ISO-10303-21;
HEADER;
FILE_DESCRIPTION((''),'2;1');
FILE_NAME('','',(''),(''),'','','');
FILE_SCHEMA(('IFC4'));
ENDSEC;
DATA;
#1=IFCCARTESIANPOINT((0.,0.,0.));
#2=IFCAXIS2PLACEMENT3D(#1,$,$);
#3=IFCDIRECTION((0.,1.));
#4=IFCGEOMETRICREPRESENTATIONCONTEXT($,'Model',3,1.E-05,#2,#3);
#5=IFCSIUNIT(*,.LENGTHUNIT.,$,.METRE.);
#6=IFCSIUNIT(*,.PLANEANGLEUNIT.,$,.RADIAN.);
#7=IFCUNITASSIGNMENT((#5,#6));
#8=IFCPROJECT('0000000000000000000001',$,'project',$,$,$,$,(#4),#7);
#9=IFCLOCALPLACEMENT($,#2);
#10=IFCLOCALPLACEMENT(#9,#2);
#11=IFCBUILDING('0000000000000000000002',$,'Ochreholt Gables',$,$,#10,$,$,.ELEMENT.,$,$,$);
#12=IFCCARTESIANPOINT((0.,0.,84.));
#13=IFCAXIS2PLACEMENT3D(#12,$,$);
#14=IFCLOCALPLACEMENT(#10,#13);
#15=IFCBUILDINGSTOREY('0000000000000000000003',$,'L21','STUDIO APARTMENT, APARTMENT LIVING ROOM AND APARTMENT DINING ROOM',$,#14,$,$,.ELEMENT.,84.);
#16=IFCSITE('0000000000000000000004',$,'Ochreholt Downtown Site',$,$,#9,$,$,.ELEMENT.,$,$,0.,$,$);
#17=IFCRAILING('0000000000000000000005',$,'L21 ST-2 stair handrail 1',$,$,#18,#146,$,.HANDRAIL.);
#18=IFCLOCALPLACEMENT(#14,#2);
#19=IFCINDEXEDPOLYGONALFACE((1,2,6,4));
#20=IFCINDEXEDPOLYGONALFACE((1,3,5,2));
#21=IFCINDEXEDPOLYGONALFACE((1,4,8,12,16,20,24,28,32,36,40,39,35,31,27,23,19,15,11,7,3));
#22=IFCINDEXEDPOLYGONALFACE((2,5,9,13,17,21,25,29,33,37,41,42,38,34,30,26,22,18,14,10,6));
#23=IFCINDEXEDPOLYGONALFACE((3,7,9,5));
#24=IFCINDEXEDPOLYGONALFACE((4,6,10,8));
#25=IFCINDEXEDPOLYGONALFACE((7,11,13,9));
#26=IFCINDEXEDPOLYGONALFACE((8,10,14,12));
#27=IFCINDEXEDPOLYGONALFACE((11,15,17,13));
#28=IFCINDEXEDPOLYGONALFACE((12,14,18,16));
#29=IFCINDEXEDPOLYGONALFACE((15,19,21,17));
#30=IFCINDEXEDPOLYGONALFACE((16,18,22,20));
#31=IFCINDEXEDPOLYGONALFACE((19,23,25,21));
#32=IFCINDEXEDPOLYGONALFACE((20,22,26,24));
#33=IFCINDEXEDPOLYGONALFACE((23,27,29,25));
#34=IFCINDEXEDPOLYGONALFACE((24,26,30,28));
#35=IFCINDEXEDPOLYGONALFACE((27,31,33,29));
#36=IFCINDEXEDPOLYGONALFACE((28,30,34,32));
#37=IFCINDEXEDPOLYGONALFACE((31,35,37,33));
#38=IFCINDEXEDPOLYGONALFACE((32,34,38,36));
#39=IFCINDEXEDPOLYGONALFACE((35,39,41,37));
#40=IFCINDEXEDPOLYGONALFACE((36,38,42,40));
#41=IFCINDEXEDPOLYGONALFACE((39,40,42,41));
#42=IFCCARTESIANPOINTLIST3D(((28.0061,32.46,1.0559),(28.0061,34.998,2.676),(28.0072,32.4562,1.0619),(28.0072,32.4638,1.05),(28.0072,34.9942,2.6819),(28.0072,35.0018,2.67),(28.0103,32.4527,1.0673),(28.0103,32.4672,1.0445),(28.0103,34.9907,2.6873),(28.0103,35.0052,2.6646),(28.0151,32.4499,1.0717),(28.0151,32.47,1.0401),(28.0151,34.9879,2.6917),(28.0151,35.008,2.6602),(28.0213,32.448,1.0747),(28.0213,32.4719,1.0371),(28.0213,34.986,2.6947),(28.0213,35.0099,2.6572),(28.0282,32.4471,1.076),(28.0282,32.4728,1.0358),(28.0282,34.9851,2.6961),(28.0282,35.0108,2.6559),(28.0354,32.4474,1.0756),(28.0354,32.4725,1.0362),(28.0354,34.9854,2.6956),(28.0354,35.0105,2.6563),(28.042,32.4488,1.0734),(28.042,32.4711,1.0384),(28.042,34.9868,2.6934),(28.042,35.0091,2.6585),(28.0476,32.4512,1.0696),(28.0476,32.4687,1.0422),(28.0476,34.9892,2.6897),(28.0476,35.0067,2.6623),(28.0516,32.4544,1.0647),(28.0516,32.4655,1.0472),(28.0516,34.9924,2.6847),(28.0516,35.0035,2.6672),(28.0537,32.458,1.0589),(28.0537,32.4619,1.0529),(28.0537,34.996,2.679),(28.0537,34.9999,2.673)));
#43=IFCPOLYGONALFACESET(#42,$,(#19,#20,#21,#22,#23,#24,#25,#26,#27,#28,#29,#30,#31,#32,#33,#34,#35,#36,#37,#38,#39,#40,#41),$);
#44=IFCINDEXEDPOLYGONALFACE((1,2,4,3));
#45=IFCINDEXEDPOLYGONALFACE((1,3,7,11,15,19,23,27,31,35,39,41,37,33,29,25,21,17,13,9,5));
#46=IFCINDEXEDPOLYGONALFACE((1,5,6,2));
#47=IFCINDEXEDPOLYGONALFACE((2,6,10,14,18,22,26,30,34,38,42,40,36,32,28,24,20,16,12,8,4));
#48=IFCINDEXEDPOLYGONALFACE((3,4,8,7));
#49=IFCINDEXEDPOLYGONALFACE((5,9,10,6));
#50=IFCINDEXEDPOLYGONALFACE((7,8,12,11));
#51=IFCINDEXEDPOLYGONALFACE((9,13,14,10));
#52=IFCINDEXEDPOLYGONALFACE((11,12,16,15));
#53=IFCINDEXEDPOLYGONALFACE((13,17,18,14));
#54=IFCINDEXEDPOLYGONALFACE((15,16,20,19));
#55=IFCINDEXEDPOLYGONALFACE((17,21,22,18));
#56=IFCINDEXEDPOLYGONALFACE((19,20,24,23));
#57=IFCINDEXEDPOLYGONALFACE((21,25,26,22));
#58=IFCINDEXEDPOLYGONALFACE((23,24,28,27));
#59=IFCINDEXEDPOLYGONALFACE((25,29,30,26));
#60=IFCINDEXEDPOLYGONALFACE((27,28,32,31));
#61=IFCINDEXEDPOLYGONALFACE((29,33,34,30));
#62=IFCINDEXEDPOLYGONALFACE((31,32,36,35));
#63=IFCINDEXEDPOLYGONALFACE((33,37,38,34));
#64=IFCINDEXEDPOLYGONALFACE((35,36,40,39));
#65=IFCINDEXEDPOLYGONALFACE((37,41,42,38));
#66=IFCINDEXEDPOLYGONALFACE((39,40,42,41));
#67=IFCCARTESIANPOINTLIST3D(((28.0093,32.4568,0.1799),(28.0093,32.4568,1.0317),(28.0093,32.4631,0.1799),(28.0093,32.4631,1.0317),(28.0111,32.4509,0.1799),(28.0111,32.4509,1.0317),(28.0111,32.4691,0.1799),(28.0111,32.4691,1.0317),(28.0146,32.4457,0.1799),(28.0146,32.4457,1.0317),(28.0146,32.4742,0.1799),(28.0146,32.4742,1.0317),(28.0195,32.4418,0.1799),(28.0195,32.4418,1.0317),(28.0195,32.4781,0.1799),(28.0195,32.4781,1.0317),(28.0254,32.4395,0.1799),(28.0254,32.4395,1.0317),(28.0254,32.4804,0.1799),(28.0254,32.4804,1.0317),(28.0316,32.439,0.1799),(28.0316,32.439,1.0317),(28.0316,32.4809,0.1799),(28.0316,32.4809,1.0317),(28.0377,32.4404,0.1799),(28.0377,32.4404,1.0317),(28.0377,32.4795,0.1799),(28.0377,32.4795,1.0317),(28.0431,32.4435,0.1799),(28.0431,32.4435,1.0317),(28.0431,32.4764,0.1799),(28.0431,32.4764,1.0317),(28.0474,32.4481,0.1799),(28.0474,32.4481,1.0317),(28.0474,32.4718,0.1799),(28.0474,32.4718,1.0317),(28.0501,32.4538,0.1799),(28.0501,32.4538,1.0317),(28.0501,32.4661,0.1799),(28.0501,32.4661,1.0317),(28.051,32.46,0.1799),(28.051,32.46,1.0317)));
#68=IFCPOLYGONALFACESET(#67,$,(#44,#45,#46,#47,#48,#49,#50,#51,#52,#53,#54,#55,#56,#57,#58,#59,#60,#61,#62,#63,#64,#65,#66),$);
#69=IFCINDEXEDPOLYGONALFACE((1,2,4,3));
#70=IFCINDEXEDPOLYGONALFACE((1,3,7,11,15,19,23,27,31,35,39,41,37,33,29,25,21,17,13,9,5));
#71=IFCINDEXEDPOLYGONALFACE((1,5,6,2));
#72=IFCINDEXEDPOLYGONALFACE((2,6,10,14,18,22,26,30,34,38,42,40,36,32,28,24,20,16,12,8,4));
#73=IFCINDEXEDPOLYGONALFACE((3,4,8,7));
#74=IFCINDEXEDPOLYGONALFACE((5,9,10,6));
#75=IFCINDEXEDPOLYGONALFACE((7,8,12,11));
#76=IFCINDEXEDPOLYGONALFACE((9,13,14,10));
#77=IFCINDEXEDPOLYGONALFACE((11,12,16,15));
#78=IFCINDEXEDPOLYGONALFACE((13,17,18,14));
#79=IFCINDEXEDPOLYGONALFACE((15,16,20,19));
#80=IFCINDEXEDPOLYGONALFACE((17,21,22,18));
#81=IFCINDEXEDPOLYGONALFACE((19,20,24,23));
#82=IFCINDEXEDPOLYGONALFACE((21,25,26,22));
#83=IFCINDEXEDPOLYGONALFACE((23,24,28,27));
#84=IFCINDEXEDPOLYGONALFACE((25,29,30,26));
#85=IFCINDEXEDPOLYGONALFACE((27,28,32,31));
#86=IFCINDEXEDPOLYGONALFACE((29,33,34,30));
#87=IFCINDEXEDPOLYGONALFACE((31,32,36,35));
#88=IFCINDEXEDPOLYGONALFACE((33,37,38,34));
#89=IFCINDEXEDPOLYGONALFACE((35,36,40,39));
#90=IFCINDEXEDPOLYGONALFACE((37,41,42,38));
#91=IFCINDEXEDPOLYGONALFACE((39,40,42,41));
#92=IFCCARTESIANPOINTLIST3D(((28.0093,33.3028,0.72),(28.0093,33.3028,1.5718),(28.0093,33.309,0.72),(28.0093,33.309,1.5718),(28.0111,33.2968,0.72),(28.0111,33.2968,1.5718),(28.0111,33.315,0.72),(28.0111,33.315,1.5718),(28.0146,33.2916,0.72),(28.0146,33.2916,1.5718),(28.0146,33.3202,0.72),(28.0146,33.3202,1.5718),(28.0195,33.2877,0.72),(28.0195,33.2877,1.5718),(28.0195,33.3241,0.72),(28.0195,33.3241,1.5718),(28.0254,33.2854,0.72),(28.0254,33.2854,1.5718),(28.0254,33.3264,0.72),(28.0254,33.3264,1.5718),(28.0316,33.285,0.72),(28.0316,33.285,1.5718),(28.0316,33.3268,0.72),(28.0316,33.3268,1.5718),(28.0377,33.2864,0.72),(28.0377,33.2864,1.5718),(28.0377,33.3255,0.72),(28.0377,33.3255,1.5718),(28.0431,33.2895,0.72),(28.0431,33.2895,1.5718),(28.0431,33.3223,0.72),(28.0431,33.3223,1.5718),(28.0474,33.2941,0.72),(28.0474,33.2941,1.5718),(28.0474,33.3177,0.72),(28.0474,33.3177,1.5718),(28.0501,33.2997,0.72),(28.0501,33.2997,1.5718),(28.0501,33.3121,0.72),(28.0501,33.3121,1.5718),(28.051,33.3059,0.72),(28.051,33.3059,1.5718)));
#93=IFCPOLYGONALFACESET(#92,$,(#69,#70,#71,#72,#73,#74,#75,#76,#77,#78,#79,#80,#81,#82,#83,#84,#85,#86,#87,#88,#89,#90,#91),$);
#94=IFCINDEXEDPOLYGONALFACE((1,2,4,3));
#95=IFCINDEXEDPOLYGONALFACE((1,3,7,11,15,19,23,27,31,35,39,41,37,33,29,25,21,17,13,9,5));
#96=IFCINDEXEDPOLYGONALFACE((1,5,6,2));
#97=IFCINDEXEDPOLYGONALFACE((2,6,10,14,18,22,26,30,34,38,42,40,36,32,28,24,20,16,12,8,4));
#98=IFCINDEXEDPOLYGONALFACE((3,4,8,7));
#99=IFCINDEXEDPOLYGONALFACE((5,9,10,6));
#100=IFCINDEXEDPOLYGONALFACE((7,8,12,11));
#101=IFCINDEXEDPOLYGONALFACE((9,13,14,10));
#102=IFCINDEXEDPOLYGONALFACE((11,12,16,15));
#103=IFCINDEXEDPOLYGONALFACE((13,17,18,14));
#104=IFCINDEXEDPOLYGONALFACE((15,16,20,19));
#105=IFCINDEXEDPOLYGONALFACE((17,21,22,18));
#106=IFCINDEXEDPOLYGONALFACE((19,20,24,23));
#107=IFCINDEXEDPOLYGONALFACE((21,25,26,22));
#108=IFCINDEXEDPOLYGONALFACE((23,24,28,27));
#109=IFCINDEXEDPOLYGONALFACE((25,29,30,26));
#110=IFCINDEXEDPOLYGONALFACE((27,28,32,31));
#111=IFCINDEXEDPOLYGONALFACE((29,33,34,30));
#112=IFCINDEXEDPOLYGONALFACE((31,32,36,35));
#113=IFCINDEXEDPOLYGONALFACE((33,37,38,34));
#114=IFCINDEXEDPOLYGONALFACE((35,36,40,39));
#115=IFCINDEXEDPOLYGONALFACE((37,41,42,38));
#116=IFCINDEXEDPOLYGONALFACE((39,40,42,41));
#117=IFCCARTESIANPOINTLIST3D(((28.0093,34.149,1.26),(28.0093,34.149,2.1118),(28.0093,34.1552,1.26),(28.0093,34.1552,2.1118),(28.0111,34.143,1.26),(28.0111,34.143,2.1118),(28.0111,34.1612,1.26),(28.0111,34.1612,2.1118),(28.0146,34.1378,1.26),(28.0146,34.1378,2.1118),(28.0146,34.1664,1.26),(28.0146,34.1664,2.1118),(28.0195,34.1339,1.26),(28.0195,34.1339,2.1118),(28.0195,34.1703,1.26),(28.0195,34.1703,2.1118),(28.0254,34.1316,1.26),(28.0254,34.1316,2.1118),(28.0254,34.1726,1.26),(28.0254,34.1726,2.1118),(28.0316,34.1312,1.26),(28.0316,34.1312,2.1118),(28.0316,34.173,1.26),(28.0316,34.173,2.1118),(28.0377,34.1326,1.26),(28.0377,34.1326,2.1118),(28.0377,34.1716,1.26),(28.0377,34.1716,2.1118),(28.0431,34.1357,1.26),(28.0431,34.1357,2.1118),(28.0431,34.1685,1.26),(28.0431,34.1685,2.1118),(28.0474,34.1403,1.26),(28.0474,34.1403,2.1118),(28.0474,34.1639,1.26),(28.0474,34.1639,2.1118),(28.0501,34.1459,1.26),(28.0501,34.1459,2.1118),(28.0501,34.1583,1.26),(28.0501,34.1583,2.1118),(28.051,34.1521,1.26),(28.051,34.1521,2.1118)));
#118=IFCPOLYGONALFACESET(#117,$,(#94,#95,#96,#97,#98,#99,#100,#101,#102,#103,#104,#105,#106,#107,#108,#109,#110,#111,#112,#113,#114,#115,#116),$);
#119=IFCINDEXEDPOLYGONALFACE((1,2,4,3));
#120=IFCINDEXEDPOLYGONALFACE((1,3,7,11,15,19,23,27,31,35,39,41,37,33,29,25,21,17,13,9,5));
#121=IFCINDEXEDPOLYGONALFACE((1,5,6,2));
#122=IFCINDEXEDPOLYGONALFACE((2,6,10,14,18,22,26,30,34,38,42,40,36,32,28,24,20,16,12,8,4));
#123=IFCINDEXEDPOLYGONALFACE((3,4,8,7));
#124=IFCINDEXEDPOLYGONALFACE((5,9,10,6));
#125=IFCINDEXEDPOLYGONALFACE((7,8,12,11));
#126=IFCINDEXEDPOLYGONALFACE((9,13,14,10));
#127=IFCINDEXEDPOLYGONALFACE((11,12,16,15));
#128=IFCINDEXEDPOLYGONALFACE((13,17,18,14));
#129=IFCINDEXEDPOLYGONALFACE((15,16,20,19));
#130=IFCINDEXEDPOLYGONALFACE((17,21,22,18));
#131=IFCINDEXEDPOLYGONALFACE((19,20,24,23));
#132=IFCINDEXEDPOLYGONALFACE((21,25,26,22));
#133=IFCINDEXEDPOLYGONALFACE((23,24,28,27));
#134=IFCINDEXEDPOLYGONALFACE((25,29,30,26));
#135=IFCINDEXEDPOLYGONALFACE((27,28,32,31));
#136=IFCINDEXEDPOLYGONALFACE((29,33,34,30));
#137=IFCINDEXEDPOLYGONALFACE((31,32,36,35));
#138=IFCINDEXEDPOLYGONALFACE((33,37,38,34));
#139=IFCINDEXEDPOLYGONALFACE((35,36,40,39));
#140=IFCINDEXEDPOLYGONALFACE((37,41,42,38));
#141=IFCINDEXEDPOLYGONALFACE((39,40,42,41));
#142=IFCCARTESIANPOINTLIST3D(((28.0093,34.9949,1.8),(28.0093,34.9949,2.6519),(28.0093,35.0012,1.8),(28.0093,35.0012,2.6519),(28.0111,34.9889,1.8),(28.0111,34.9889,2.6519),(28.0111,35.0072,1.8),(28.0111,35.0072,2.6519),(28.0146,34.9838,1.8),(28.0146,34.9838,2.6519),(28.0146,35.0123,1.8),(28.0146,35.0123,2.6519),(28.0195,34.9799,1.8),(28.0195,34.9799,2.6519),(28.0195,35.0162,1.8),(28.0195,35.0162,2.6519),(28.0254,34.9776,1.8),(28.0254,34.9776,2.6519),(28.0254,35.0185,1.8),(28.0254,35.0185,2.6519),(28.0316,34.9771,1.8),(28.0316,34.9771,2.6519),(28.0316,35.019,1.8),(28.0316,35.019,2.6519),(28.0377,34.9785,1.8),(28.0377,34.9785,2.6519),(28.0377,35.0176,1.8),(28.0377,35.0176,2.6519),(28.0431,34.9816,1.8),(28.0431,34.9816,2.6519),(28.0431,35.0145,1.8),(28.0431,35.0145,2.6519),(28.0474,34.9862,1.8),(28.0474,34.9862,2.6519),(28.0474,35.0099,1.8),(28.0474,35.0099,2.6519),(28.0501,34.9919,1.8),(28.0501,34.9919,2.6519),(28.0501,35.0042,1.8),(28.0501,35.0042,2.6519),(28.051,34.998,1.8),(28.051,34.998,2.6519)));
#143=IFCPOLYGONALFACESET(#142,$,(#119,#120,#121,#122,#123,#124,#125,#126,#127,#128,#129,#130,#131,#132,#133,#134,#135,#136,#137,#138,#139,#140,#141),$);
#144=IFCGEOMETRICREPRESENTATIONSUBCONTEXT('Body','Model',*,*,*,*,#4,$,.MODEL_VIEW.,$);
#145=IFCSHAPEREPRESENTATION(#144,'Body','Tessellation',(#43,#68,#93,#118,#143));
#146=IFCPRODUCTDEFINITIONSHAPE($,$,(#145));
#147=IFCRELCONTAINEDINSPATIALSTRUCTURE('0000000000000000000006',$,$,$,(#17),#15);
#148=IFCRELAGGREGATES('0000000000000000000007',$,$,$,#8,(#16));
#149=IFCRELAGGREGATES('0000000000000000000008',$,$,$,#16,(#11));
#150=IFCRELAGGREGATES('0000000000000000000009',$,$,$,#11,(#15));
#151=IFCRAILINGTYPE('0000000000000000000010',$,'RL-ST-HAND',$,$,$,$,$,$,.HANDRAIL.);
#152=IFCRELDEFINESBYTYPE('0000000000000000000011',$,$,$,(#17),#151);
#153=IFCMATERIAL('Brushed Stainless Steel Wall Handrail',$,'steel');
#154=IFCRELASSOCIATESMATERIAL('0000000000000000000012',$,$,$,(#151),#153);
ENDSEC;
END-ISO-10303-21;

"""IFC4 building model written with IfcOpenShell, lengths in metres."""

from ifc_helpers import new_model, si_unit, direction, frame, origin, origin_2d, place, context, subcontext, project, spatial, circle, extrude, material, type_object, element, save


model = new_model("IFC4")

# Units and contexts
model_context = context("Model", 3, precision=1e-05, world=origin(), true_north=direction((0.0, 1.0)))
body_context = subcontext(model_context, "Body", "Model", "MODEL_VIEW")
ifc_project = project(units=[si_unit("LENGTHUNIT", "METRE"), si_unit("PLANEANGLEUNIT", "RADIAN")], contexts=[model_context])

# Site, building, storey
site_placement = place(None, origin())
site = spatial("IfcSite", under=ifc_project, at=site_placement, Name="Ochreholt Downtown Site", CompositionType="ELEMENT", RefElevation=0.0)
building_placement = place(site_placement, origin())
building = spatial("IfcBuilding", under=site, at=building_placement, Name="Ochreholt Gables", CompositionType="ELEMENT")
storey_placement = place(building_placement, frame((0.0, 0.0, 84.0)))
storey = spatial("IfcBuildingStorey", under=building, at=storey_placement, Name="L21", Description="STUDIO APARTMENT, APARTMENT LIVING ROOM AND APARTMENT DINING ROOM", CompositionType="ELEMENT", Elevation=84.0)

# Railing
ifc_material_1 = material(Name="Brushed Stainless Steel Wall Handrail", Category="steel")
railing_type = type_object("IfcRailingType", Name="RL-ST-HAND", PredefinedType="HANDRAIL", material=ifc_material_1)
railing_placement = place(storey_placement, frame((28.03, 32.46, 0.1799)))
element("IfcRailing", 1, at=railing_placement, inside=storey, type_object=railing_type, Name="L21 ST-2 stair handrail 1", PredefinedType="HANDRAIL", context=body_context, shape_type="SweptSolid", body=[
    extrude(circle(Radius=0.0239, at=origin_2d()), frame((0.0, 0.0, 0.876), z_axis=(0.0, 0.842913, 0.53805), x_axis=(-1.0, 0.0, 0.0)), (0.0, 0.0, 1.0), 3.011),
    extrude(circle(Radius=0.021, at=origin_2d()), origin(), (0.0, 0.0, 1.0), 0.8518),
    extrude(circle(Radius=0.021, at=origin_2d()), frame((0.0, 0.8459, 0.54)), (0.0, 0.0, 1.0), 0.8518),
    extrude(circle(Radius=0.021, at=origin_2d()), frame((0.0, 1.6921, 1.0801)), (0.0, 0.0, 1.0), 0.8518),
    extrude(circle(Radius=0.021, at=origin_2d()), frame((0.0, 2.5381, 1.6201)), (0.0, 0.0, 1.0), 0.8518),
])

save(model, "model.ifc")
